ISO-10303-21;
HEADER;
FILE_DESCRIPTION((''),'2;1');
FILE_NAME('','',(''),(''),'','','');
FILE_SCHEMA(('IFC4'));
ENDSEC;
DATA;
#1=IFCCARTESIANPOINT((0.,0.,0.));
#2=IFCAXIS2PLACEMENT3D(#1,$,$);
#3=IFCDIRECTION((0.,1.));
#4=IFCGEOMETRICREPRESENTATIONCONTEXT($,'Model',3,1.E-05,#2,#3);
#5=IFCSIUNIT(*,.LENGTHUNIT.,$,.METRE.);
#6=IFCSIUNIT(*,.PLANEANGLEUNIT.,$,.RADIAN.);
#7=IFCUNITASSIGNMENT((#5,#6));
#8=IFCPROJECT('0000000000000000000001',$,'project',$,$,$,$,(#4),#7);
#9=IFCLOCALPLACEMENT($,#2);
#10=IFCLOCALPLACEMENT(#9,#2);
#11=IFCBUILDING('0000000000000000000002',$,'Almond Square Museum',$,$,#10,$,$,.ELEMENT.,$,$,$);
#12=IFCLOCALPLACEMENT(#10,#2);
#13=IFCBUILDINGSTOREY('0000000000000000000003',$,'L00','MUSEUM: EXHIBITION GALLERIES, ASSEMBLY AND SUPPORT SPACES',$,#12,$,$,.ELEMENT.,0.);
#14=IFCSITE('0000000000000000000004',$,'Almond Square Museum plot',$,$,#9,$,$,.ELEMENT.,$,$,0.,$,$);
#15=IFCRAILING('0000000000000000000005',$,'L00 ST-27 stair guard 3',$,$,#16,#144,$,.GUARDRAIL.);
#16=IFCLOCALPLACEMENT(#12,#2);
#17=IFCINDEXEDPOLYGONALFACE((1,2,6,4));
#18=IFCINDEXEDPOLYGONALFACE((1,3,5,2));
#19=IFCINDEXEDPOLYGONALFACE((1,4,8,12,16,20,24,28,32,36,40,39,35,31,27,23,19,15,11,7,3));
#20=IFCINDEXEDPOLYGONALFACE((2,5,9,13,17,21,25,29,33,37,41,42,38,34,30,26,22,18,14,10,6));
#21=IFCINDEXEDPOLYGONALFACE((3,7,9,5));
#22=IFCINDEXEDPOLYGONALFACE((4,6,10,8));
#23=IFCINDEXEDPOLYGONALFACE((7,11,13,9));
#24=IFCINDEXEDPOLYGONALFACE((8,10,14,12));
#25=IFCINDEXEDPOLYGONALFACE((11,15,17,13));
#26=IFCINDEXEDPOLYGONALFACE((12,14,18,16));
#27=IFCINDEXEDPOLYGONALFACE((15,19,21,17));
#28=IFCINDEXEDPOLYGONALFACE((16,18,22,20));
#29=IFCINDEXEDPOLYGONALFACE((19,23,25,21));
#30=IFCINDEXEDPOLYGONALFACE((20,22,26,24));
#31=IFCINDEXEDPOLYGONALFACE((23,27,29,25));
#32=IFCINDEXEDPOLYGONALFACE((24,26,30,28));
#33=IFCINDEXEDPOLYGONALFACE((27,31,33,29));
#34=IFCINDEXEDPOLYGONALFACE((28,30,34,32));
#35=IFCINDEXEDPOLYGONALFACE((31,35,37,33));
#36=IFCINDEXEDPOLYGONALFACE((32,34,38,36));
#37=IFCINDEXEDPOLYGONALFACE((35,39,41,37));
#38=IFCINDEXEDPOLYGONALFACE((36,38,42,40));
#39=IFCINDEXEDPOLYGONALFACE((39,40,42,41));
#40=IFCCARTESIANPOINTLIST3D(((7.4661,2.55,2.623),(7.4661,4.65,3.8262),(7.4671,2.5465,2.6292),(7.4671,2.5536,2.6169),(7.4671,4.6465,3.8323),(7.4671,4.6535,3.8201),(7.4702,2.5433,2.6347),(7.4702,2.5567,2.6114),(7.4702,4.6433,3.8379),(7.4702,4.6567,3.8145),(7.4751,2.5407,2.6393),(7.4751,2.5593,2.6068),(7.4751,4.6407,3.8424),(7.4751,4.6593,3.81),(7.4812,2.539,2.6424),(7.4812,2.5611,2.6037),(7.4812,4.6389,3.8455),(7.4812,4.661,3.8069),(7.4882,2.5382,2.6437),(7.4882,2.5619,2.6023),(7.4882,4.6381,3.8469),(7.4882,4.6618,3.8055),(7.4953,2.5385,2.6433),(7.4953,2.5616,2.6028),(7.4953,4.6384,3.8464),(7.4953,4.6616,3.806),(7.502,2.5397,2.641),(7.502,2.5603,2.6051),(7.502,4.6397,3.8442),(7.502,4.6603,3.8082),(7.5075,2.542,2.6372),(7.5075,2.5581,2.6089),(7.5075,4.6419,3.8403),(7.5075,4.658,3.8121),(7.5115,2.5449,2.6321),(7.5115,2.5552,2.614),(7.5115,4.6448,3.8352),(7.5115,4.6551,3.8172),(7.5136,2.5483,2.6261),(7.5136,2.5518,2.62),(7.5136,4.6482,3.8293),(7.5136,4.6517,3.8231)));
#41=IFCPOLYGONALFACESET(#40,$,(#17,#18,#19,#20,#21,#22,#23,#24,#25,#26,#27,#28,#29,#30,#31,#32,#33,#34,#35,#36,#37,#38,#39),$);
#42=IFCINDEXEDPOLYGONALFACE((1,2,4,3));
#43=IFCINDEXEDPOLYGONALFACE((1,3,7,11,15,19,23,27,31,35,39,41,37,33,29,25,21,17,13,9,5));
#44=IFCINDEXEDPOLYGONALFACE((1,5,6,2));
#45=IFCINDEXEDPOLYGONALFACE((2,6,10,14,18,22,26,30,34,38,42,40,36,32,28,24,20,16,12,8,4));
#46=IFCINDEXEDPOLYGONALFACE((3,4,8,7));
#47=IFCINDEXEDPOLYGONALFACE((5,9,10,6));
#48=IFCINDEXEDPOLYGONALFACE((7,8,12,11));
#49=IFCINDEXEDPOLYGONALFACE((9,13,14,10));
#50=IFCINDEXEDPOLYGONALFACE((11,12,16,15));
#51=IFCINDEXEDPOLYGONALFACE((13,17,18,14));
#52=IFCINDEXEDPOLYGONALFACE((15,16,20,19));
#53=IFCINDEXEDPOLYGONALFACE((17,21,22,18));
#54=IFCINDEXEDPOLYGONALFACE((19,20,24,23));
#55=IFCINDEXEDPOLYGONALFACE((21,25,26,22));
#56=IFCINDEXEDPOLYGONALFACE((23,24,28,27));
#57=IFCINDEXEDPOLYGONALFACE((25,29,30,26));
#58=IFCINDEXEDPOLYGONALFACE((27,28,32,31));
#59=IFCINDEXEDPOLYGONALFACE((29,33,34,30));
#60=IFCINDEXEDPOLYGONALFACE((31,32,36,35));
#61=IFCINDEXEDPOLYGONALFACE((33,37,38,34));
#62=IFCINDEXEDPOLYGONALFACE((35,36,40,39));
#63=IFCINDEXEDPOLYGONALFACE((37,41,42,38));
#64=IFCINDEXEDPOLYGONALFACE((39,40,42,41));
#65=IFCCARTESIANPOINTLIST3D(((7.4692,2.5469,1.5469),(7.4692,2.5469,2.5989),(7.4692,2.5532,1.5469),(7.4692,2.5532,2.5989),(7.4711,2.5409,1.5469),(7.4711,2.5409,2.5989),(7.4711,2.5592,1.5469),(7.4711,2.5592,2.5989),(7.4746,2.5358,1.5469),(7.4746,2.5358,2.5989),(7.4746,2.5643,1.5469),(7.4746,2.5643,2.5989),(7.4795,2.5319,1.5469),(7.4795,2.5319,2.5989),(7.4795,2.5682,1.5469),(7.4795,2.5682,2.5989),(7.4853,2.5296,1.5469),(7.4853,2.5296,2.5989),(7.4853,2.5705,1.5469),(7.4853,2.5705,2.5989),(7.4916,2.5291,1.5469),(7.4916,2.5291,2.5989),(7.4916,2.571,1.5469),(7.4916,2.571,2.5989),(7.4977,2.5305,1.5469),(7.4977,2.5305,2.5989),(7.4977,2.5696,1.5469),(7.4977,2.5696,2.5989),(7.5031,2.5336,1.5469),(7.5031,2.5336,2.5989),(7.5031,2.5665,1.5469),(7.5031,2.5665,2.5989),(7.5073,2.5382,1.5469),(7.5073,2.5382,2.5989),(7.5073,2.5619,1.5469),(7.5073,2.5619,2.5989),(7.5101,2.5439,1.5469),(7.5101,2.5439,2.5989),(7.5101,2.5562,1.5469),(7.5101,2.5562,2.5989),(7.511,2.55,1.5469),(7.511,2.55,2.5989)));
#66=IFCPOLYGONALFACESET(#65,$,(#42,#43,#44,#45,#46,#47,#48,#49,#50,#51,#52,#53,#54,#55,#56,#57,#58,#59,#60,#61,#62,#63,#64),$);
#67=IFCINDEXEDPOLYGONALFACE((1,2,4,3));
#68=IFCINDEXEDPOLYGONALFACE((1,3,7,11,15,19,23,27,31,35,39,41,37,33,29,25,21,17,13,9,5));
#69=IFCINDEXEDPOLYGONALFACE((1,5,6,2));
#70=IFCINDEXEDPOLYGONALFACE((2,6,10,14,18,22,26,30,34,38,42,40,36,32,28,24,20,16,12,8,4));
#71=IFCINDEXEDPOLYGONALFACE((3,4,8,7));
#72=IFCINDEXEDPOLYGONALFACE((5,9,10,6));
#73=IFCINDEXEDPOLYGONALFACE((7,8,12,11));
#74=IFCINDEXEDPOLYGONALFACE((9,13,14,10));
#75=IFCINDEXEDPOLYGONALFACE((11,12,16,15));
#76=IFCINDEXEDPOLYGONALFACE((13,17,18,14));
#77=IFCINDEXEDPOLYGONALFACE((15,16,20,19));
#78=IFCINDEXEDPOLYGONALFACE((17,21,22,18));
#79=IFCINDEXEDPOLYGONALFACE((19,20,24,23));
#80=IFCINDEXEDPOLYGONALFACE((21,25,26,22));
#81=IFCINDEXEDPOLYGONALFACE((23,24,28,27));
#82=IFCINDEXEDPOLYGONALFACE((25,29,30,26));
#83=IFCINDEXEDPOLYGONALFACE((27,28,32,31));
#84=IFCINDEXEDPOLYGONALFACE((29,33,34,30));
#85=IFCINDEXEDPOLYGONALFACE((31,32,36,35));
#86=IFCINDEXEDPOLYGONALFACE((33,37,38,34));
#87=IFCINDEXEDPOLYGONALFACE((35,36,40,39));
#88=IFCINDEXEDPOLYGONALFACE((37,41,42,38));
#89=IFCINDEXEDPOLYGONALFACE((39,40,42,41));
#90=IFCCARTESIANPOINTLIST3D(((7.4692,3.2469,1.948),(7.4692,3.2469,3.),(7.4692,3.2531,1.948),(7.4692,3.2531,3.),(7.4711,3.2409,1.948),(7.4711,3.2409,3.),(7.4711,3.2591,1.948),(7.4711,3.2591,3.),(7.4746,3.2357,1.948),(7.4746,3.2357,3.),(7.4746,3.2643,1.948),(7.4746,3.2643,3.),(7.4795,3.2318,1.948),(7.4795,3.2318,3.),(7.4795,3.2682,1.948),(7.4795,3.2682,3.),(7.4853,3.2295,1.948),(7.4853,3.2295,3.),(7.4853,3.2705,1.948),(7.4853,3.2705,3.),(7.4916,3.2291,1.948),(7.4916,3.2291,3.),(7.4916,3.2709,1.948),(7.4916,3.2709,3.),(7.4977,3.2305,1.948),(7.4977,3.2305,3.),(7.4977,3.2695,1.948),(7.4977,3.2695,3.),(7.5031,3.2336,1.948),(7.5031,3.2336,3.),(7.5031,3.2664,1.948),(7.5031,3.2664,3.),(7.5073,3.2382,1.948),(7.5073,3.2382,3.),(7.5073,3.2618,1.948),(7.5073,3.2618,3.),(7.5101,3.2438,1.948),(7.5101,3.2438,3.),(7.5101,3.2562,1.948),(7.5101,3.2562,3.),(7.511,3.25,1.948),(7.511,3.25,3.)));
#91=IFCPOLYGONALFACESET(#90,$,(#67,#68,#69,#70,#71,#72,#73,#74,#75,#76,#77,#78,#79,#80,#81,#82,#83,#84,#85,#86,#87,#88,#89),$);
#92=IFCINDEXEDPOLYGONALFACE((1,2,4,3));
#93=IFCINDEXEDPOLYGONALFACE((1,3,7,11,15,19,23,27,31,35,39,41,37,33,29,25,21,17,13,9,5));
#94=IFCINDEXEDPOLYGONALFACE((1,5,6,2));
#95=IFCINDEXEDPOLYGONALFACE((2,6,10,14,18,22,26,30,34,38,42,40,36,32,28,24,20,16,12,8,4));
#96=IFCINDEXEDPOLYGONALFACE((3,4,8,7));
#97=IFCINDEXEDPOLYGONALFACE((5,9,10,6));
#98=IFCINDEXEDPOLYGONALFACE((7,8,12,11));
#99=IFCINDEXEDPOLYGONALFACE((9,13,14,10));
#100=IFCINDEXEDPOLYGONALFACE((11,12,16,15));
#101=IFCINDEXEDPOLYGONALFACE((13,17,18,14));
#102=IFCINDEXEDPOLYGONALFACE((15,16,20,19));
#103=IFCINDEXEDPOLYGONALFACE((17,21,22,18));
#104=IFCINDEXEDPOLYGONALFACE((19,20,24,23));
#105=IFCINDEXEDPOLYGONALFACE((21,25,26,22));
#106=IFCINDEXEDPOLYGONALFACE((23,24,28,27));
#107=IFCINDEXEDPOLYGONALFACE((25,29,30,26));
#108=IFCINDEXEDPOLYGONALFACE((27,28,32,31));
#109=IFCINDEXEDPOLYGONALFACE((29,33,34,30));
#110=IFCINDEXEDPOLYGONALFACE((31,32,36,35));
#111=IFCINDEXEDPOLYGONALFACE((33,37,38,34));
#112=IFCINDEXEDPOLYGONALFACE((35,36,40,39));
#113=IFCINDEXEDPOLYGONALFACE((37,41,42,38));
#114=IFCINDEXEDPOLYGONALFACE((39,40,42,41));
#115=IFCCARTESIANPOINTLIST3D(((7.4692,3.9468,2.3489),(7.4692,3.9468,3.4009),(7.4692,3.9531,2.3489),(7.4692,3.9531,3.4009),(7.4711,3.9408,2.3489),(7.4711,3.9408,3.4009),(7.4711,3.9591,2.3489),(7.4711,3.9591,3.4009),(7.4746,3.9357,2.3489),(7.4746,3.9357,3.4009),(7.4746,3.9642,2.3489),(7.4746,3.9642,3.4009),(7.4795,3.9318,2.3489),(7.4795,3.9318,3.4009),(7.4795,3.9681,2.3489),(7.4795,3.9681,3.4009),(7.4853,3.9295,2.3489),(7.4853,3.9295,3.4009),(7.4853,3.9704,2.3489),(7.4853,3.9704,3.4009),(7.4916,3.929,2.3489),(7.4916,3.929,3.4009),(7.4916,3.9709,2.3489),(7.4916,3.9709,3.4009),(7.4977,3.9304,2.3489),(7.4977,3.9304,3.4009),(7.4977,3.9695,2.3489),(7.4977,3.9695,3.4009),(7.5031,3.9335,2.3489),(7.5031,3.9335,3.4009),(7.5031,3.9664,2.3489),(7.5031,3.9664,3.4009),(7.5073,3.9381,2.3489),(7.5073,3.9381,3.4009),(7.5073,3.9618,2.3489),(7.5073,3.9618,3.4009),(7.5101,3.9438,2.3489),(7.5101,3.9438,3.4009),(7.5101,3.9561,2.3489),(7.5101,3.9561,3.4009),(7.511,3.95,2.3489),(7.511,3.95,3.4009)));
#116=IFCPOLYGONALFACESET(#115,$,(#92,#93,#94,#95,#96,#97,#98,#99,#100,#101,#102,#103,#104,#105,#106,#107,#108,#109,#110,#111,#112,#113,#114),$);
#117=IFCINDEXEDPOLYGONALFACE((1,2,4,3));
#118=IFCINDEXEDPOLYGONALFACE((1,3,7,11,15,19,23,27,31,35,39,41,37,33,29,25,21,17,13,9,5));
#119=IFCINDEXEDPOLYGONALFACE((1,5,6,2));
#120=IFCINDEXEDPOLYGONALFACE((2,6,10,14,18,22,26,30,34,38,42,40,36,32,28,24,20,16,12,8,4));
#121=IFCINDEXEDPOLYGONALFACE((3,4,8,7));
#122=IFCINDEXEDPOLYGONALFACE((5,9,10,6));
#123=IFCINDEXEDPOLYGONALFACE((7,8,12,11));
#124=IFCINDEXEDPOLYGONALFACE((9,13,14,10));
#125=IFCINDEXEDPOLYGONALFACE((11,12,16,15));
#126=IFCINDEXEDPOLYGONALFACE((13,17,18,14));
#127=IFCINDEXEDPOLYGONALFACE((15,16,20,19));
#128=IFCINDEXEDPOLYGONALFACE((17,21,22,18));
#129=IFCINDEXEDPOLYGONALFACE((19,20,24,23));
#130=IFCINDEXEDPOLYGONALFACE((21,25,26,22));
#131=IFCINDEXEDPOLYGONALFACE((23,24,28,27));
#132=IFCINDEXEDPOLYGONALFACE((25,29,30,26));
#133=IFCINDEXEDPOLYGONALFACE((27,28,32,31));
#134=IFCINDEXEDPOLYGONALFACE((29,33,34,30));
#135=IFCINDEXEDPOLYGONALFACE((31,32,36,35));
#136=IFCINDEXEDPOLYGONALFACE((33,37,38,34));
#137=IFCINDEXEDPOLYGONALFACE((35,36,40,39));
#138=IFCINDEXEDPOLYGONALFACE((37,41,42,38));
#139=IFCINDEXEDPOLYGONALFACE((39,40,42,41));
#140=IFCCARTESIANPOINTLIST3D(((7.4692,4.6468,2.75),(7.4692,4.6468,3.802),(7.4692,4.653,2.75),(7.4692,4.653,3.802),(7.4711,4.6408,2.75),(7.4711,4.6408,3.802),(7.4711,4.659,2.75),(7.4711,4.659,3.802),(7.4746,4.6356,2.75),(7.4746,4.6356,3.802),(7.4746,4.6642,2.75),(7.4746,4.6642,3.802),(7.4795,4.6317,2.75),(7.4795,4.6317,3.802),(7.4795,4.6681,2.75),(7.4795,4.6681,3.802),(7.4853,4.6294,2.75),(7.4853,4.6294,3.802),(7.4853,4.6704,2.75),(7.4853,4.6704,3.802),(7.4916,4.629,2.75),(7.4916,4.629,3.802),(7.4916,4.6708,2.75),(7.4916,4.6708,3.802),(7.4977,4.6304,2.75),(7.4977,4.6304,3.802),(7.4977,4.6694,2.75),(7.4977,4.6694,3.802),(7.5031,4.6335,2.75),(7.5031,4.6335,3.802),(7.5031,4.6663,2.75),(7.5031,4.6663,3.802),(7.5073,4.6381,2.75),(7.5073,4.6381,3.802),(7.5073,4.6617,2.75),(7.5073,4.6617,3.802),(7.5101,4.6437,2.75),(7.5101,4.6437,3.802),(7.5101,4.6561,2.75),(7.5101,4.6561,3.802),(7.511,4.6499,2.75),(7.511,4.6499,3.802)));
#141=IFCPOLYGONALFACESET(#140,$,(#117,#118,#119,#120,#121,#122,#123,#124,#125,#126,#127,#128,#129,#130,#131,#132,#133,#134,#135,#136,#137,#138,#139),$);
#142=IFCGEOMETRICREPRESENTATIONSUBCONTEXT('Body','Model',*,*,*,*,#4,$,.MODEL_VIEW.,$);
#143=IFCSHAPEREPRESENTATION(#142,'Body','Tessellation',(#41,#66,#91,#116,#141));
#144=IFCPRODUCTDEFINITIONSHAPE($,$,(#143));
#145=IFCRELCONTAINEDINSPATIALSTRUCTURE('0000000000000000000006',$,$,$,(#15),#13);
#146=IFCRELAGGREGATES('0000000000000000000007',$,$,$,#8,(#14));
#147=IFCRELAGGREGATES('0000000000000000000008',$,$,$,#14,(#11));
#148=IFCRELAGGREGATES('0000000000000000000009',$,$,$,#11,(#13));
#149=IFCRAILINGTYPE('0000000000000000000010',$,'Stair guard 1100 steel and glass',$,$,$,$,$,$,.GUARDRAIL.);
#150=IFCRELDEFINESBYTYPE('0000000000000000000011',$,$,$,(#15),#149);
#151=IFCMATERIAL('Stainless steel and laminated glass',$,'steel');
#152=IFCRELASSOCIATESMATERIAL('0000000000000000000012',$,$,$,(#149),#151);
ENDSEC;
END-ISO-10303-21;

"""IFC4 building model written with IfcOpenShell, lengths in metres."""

from ifc_helpers import new_model, si_unit, direction, frame, origin, origin_2d, place, context, subcontext, project, spatial, circle, extrude, material, type_object, element, save


model = new_model("IFC4")

# Units and contexts
model_context = context("Model", 3, precision=1e-05, world=origin(), true_north=direction((0.0, 1.0)))
body_context = subcontext(model_context, "Body", "Model", "MODEL_VIEW")
ifc_project = project(units=[si_unit("LENGTHUNIT", "METRE"), si_unit("PLANEANGLEUNIT", "RADIAN")], contexts=[model_context])

# Site, building, storey
site_placement = place(None, origin())
site = spatial("IfcSite", under=ifc_project, at=site_placement, Name="Almond Square Museum plot", CompositionType="ELEMENT", RefElevation=0.0)
building_placement = place(site_placement, origin())
building = spatial("IfcBuilding", under=site, at=building_placement, Name="Almond Square Museum", CompositionType="ELEMENT")
storey_placement = place(building_placement, origin())
storey = spatial("IfcBuildingStorey", under=building, at=storey_placement, Name="L00", Description="MUSEUM: EXHIBITION GALLERIES, ASSEMBLY AND SUPPORT SPACES", CompositionType="ELEMENT", Elevation=0.0)

# Railing
ifc_material_1 = material(Name="Stainless steel and laminated glass", Category="steel")
railing_type = type_object("IfcRailingType", Name="Stair guard 1100 steel and glass", PredefinedType="GUARDRAIL", material=ifc_material_1)
railing_1_placement = place(storey_placement, frame((7.49, 2.55, 1.5469)))
element("IfcRailing", 1, at=railing_1_placement, inside=storey, type_object=railing_type, Name="L00 ST-27 stair guard 3", PredefinedType="GUARDRAIL", context=body_context, shape_type="SweptSolid", body=[
    extrude(circle(Radius=0.0239, at=origin_2d()), frame((0.0, 0.0, 1.0762), z_axis=(0.0, 0.867671, 0.497138), x_axis=(-1.0, 0.0, 0.0)), (0.0, 0.0, 1.0), 2.4202),
    extrude(circle(Radius=0.021, at=origin_2d()), origin(), (0.0, 0.0, 1.0), 1.052),
    extrude(circle(Radius=0.021, at=origin_2d()), frame((0.0, 0.7, 0.4011)), (0.0, 0.0, 1.0), 1.052),
    extrude(circle(Radius=0.021, at=origin_2d()), frame((0.0, 1.3999, 0.802)), (0.0, 0.0, 1.0), 1.052),
    extrude(circle(Radius=0.021, at=origin_2d()), frame((0.0, 2.0999, 1.2031)), (0.0, 0.0, 1.0), 1.052),
])

save(model, "model.ifc")
